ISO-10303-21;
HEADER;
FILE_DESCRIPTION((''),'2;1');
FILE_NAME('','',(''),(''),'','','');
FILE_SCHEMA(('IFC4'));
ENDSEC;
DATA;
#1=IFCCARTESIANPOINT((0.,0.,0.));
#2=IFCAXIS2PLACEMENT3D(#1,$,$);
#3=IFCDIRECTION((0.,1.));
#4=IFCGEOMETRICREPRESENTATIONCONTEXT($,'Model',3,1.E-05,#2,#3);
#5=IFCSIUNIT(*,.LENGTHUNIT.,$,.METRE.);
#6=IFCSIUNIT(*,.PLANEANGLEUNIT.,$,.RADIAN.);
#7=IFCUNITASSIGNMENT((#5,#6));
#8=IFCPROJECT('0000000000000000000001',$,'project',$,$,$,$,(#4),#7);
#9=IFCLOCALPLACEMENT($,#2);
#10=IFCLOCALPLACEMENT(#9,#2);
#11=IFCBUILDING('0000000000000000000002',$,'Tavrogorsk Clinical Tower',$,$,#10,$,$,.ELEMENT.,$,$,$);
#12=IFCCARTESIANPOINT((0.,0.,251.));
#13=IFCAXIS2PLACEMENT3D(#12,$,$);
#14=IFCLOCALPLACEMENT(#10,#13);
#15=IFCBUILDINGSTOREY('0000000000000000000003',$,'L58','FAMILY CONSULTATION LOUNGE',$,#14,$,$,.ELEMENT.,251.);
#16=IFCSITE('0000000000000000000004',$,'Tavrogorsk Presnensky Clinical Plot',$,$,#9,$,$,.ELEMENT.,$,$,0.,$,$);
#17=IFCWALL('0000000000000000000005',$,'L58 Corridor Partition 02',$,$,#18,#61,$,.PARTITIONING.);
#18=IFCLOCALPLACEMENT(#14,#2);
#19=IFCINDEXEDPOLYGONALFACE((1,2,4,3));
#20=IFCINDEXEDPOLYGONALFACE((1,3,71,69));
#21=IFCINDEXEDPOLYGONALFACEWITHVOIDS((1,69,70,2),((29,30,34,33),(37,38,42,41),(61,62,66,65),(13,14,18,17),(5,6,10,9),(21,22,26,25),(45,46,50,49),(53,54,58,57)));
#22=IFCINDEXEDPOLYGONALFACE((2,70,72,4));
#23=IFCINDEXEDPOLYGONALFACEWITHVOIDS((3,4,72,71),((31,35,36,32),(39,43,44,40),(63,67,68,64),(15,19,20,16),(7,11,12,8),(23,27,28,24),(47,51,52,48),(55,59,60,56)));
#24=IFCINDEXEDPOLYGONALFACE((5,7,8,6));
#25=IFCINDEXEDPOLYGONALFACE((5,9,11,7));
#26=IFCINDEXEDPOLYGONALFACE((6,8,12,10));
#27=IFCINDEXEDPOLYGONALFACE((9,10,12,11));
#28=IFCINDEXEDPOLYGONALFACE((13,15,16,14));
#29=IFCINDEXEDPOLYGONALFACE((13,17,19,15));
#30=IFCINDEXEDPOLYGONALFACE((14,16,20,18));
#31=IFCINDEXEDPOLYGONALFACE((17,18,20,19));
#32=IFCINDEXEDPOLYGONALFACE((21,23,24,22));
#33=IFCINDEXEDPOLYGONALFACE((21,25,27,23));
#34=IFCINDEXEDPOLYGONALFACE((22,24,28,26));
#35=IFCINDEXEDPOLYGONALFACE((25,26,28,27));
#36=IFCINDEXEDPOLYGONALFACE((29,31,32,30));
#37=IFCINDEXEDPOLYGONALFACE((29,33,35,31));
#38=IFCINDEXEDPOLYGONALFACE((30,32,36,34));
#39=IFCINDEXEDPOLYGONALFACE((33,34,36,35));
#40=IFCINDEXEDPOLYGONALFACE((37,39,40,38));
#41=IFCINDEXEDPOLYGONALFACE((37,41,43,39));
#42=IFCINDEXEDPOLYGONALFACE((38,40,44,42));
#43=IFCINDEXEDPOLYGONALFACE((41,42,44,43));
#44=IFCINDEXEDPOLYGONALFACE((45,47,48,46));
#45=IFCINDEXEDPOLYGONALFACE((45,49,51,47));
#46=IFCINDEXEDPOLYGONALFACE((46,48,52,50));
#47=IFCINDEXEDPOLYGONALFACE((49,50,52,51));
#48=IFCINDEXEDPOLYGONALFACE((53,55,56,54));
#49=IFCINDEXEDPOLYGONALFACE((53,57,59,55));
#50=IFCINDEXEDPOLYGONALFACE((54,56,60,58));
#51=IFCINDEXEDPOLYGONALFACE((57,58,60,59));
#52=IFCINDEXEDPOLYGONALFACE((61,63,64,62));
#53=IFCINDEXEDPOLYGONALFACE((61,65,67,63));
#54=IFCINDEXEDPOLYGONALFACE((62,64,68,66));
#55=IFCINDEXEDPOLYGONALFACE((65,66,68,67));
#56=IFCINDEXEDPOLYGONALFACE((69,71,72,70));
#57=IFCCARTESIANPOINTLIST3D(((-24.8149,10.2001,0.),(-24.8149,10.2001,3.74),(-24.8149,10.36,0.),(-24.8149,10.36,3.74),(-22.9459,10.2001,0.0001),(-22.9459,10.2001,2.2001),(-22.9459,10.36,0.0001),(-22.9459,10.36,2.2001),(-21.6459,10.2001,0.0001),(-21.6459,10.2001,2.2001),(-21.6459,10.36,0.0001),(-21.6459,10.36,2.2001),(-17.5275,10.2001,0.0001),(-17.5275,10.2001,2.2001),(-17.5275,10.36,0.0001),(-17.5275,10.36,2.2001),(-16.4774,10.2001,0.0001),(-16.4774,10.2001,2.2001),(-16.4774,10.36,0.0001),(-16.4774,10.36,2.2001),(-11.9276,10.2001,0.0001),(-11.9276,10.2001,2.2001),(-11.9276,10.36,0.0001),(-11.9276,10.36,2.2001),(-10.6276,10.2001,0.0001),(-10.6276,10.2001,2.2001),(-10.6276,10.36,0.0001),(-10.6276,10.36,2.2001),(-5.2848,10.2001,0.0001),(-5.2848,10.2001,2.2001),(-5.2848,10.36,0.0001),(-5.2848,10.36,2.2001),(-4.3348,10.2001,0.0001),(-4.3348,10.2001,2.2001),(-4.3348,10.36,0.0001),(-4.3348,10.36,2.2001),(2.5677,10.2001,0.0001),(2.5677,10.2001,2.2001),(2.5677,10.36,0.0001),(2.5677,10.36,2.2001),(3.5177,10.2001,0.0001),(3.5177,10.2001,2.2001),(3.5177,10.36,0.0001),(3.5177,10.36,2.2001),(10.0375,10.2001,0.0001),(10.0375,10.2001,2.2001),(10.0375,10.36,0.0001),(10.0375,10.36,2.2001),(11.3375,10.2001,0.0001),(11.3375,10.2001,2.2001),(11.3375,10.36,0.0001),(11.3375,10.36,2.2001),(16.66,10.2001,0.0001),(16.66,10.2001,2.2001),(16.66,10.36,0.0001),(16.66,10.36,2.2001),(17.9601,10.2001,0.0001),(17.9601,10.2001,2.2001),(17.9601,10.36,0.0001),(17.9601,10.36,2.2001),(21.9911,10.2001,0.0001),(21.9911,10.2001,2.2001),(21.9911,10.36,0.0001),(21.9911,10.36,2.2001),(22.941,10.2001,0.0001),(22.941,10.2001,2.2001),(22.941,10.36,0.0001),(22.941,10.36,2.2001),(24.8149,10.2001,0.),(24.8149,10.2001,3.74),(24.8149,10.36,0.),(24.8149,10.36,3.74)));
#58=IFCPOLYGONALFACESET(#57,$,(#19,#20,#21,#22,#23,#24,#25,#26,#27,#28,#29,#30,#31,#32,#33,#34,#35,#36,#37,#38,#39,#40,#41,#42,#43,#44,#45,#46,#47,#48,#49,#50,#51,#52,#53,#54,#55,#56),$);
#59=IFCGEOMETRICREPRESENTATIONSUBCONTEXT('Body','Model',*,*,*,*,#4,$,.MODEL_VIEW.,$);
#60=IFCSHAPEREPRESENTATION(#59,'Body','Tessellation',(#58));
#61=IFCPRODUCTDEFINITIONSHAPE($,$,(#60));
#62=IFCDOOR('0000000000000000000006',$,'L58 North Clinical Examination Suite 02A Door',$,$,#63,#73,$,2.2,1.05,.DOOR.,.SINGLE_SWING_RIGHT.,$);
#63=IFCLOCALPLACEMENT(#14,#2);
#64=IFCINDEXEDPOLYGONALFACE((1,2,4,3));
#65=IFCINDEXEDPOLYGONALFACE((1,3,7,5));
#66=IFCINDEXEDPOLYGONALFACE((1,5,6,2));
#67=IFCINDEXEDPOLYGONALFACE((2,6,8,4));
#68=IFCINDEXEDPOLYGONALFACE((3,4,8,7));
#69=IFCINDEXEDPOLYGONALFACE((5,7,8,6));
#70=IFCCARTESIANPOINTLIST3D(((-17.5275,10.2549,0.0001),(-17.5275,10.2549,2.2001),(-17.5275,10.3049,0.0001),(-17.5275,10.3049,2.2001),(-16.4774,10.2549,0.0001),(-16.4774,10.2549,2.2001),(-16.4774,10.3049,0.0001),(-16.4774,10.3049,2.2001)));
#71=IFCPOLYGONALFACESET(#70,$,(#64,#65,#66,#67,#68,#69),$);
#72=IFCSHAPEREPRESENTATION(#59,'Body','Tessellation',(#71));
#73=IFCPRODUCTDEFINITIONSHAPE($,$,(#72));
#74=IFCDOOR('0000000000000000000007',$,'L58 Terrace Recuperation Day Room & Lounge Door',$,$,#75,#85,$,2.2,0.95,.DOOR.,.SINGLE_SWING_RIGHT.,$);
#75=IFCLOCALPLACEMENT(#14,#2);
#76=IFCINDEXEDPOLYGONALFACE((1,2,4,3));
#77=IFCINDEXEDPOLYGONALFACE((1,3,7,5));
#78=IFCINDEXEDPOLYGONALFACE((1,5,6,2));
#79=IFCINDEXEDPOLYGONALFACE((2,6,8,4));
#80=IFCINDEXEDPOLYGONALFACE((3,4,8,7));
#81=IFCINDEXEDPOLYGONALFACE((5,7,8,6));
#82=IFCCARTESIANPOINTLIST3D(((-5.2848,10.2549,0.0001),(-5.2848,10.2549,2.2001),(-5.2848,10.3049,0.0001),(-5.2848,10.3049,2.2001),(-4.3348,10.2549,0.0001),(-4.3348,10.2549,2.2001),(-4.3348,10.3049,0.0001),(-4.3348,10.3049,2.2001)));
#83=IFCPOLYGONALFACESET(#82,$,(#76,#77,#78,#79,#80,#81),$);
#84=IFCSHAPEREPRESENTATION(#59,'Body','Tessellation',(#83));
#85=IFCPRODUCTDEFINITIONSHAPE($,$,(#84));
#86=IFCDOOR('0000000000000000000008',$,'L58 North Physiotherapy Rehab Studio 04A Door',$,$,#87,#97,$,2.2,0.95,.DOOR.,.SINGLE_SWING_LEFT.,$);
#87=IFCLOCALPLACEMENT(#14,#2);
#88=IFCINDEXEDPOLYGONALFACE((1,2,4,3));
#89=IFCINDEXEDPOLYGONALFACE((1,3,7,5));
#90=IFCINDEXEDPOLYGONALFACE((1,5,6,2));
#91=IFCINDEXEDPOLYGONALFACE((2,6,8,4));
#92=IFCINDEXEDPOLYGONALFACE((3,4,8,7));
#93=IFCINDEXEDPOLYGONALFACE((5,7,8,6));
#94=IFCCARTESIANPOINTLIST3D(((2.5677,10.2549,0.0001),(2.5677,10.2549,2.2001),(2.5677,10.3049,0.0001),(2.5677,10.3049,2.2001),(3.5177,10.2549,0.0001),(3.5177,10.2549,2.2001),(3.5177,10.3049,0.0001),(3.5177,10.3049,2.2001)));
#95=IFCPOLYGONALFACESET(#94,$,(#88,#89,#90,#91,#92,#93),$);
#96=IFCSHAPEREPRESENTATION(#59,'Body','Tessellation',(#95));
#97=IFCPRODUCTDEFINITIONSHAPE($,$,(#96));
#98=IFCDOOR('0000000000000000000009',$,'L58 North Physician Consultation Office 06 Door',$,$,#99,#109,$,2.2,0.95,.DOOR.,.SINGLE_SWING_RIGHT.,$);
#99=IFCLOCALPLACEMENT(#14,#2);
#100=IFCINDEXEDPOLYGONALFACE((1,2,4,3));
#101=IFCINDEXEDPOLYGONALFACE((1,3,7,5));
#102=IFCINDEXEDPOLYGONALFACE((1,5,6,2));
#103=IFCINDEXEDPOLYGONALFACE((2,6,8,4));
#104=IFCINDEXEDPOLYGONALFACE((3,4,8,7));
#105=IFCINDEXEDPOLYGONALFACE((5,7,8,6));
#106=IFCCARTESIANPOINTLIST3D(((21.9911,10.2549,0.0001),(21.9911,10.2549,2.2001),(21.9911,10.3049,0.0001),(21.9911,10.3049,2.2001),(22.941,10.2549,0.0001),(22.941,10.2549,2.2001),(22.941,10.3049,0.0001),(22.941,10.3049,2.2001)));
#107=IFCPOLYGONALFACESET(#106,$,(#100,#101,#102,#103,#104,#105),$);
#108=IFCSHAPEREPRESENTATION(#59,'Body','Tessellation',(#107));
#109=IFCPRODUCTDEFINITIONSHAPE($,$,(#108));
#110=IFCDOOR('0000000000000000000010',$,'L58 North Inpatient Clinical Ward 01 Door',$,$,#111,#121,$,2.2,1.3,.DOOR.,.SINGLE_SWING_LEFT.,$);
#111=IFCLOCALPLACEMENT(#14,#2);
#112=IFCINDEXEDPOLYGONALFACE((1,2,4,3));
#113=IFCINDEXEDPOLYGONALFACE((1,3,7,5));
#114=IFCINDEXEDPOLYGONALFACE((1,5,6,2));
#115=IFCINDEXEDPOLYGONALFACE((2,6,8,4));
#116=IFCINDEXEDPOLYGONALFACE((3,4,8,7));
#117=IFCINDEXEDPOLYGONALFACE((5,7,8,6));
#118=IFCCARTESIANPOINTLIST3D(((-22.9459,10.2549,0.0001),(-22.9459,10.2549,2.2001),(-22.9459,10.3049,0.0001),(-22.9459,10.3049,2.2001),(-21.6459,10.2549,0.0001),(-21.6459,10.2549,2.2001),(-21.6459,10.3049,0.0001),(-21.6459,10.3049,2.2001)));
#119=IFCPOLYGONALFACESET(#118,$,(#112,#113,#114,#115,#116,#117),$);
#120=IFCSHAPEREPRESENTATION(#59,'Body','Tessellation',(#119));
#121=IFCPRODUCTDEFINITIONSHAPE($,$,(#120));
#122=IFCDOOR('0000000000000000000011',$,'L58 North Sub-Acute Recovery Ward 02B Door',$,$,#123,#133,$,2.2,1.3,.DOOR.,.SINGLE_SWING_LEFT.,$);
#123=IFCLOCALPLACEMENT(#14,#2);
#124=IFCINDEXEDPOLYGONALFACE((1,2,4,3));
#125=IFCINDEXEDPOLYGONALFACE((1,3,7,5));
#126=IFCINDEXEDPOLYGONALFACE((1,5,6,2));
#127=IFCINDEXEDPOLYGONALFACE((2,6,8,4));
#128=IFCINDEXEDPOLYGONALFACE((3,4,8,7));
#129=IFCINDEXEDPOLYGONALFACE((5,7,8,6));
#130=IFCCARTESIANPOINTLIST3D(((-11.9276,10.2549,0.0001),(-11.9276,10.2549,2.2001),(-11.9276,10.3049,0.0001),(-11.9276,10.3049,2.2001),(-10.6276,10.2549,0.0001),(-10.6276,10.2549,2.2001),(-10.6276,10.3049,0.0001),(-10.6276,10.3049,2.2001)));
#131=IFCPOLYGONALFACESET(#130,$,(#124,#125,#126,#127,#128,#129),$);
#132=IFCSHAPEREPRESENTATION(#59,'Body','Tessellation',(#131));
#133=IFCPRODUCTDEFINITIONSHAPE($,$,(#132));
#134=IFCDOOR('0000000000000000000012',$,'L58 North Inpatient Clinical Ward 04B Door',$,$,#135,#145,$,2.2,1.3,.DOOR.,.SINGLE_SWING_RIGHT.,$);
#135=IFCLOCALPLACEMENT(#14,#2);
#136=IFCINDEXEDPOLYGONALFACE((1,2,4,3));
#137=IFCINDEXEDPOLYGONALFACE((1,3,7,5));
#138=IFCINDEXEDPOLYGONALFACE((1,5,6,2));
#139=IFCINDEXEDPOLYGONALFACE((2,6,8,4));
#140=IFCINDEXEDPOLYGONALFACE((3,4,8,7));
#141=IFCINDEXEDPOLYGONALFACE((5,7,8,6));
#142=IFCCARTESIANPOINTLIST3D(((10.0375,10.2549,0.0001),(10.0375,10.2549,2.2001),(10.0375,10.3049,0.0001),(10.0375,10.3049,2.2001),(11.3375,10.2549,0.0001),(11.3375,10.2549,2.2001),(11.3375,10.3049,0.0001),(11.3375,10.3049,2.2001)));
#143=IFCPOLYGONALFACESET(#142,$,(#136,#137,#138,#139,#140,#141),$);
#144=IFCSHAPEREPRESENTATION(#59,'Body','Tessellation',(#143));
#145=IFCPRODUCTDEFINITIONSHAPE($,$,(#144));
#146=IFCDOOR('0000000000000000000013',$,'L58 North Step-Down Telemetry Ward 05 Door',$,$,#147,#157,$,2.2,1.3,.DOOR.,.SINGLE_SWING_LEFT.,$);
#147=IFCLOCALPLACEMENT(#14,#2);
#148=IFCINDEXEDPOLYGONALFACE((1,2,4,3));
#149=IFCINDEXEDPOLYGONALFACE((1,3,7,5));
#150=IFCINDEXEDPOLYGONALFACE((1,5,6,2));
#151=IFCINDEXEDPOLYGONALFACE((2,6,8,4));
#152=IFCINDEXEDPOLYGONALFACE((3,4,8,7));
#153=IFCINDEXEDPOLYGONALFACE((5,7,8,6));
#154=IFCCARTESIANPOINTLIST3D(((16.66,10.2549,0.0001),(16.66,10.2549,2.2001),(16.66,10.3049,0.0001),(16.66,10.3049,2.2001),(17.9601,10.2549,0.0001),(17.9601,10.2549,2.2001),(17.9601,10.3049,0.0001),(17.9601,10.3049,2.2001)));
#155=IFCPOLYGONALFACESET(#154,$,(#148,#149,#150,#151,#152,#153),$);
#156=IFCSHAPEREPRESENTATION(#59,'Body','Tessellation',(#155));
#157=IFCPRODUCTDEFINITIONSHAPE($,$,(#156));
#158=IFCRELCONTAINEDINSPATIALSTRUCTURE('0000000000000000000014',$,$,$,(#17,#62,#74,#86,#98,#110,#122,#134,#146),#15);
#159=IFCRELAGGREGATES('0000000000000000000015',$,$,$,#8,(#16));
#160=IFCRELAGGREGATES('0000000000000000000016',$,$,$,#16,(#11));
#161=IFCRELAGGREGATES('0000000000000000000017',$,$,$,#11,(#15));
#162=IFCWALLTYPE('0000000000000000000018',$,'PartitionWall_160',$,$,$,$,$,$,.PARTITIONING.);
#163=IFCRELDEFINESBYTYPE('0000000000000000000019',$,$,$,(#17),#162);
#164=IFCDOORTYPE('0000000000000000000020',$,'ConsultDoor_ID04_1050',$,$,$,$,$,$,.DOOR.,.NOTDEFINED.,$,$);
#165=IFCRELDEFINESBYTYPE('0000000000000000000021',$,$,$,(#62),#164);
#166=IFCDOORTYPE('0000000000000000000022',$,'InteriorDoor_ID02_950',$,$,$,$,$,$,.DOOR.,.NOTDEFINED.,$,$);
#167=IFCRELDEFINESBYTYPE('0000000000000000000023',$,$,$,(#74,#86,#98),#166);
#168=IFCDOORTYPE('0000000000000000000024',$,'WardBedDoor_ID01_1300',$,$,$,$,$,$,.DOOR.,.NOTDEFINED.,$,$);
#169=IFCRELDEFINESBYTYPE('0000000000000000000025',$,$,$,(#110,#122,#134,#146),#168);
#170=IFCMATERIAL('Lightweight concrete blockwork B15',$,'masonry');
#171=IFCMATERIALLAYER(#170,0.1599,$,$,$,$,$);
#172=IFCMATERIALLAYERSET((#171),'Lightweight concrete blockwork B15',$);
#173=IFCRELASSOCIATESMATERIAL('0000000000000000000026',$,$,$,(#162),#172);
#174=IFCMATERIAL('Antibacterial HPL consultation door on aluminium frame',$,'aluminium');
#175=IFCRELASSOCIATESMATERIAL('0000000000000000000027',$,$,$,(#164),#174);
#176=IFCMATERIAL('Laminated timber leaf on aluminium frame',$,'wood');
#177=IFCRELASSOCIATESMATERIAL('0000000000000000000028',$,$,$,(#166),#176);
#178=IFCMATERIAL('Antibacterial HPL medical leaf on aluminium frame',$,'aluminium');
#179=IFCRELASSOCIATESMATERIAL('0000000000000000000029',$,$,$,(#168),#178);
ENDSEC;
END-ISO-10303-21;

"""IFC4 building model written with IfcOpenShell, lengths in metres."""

from ifc_helpers import new_model, si_unit, direction, frame, frame_2d, origin, place, context, subcontext, project, spatial, rectangle, extrude, material, layer, layer_set, type_object, element, fill, save


model = new_model("IFC4")

# Units and contexts
model_context = context("Model", 3, precision=1e-05, world=origin(), true_north=direction((0.0, 1.0)))
body_context = subcontext(model_context, "Body", "Model", "MODEL_VIEW")
ifc_project = project(units=[si_unit("LENGTHUNIT", "METRE"), si_unit("PLANEANGLEUNIT", "RADIAN")], contexts=[model_context])

# Site, building, storey
site_placement = place(None, origin())
site = spatial("IfcSite", under=ifc_project, at=site_placement, Name="Tavrogorsk Presnensky Clinical Plot", CompositionType="ELEMENT", RefElevation=0.0)
building_placement = place(site_placement, origin())
building = spatial("IfcBuilding", under=site, at=building_placement, Name="Tavrogorsk Clinical Tower", CompositionType="ELEMENT")
storey_placement = place(building_placement, frame((0.0, 0.0, 251.0)))
storey = spatial("IfcBuildingStorey", under=building, at=storey_placement, Name="L58", Description="FAMILY CONSULTATION LOUNGE", CompositionType="ELEMENT", Elevation=251.0)

# Wall, openings, doors
ifc_material_1 = material(Name="Lightweight concrete blockwork B15", Category="masonry")
ifc_layer_1 = layer(ifc_material_1, 0.1599)
ifc_layer_set_1 = layer_set([ifc_layer_1], Name="Lightweight concrete blockwork B15")
wall_type_1 = type_object("IfcWallType", Name="PartitionWall_160", PredefinedType="PARTITIONING", material=ifc_layer_set_1)
wall_1_placement = place(storey_placement, frame((-24.8149, 10.28, 0.0), z_axis=(0.0, 0.0, 1.0), x_axis=(1.0, 0.0, 0.0)))
wall_1 = element("IfcWall", 1, at=wall_1_placement, inside=storey, type_object=wall_type_1, Name="L58 Corridor Partition 02", PredefinedType="PARTITIONING", context=body_context, shape_type="SweptSolid", body=[
    extrude(rectangle(XDim=49.6299, YDim=0.1599, at=frame_2d((24.8149, 0.0))), origin(), (0.0, 0.0, 1.0), 3.74),
])
opening_1_placement = place(wall_1_placement, frame((1.8691, 0.0, 0.0)))
opening_1 = element("IfcOpeningElement", 2, at=opening_1_placement, cuts=wall_1, PredefinedType="OPENING", context=body_context, shape_type="SweptSolid", body=[
    extrude(rectangle(XDim=1.3, YDim=2.2, at=frame_2d((0.6499, 1.1001))), frame((0.0, 0.0898, 0.0), z_axis=(0.0, -1.0, 0.0), x_axis=(1.0, 0.0, 0.0)), (0.0, 0.0, 1.0), 0.1799),
])
opening_2_placement = place(wall_1_placement, frame((7.2876, 0.0, 0.0)))
opening_2 = element("IfcOpeningElement", 3, at=opening_2_placement, cuts=wall_1, PredefinedType="OPENING", context=body_context, shape_type="SweptSolid", body=[
    extrude(rectangle(XDim=1.05, YDim=2.2, at=frame_2d((0.5249, 1.1001))), frame((0.0, 0.0898, 0.0), z_axis=(0.0, -1.0, 0.0), x_axis=(1.0, 0.0, 0.0)), (0.0, 0.0, 1.0), 0.1799),
])
opening_3_placement = place(wall_1_placement, frame((12.8875, 0.0, 0.0)))
opening_3 = element("IfcOpeningElement", 4, at=opening_3_placement, cuts=wall_1, PredefinedType="OPENING", context=body_context, shape_type="SweptSolid", body=[
    extrude(rectangle(XDim=1.3, YDim=2.2, at=frame_2d((0.6499, 1.1001))), frame((0.0, 0.0898, 0.0), z_axis=(0.0, -1.0, 0.0), x_axis=(1.0, 0.0, 0.0)), (0.0, 0.0, 1.0), 0.1799),
])
opening_4_placement = place(wall_1_placement, frame((19.53, 0.0, 0.0)))
opening_4 = element("IfcOpeningElement", 5, at=opening_4_placement, cuts=wall_1, PredefinedType="OPENING", context=body_context, shape_type="SweptSolid", body=[
    extrude(rectangle(XDim=0.95, YDim=2.2, at=frame_2d((0.4751, 1.1001))), frame((0.0, 0.0898, 0.0), z_axis=(0.0, -1.0, 0.0), x_axis=(1.0, 0.0, 0.0)), (0.0, 0.0, 1.0), 0.1799),
])
opening_5_placement = place(wall_1_placement, frame((27.3826, 0.0, 0.0)))
opening_5 = element("IfcOpeningElement", 6, at=opening_5_placement, cuts=wall_1, PredefinedType="OPENING", context=body_context, shape_type="SweptSolid", body=[
    extrude(rectangle(XDim=0.95, YDim=2.2, at=frame_2d((0.4751, 1.1001))), frame((0.0, 0.0898, 0.0), z_axis=(0.0, -1.0, 0.0), x_axis=(1.0, 0.0, 0.0)), (0.0, 0.0, 1.0), 0.1799),
])
opening_6_placement = place(wall_1_placement, frame((34.8525, 0.0, 0.0)))
opening_6 = element("IfcOpeningElement", 7, at=opening_6_placement, cuts=wall_1, PredefinedType="OPENING", context=body_context, shape_type="SweptSolid", body=[
    extrude(rectangle(XDim=1.3, YDim=2.2, at=frame_2d((0.6499, 1.1001))), frame((0.0, 0.0898, 0.0), z_axis=(0.0, -1.0, 0.0), x_axis=(1.0, 0.0, 0.0)), (0.0, 0.0, 1.0), 0.1799),
])
opening_7_placement = place(wall_1_placement, frame((41.4751, 0.0, 0.0)))
opening_7 = element("IfcOpeningElement", 8, at=opening_7_placement, cuts=wall_1, PredefinedType="OPENING", context=body_context, shape_type="SweptSolid", body=[
    extrude(rectangle(XDim=1.3, YDim=2.2, at=frame_2d((0.6499, 1.1001))), frame((0.0, 0.0898, 0.0), z_axis=(0.0, -1.0, 0.0), x_axis=(1.0, 0.0, 0.0)), (0.0, 0.0, 1.0), 0.1799),
])
opening_8_placement = place(wall_1_placement, frame((46.8059, 0.0, 0.0)))
opening_8 = element("IfcOpeningElement", 9, at=opening_8_placement, cuts=wall_1, PredefinedType="OPENING", context=body_context, shape_type="SweptSolid", body=[
    extrude(rectangle(XDim=0.95, YDim=2.2, at=frame_2d((0.4751, 1.1001))), frame((0.0, 0.0898, 0.0), z_axis=(0.0, -1.0, 0.0), x_axis=(1.0, 0.0, 0.0)), (0.0, 0.0, 1.0), 0.1799),
])
ifc_material_2 = material(Name="Antibacterial HPL consultation door on aluminium frame", Category="aluminium")
door_type_1 = type_object("IfcDoorType", Name="ConsultDoor_ID04_1050", OperationType="NOTDEFINED", PredefinedType="DOOR", material=ifc_material_2)
door_1_placement = place(opening_2_placement, origin())
door_1 = element("IfcDoor", 10, at=door_1_placement, inside=storey, type_object=door_type_1, Name="L58 North Clinical Examination Suite 02A Door", OperationType="SINGLE_SWING_RIGHT", OverallHeight=2.2, OverallWidth=1.05, PredefinedType="DOOR", context=body_context, shape_type="SweptSolid", body=[
    extrude(rectangle(XDim=1.05, YDim=2.2, at=frame_2d((0.5249, 1.1001))), frame((0.0, 0.0249, 0.0), z_axis=(0.0, -1.0, 0.0), x_axis=(1.0, 0.0, 0.0)), (0.0, 0.0, 1.0), 0.05),
])
fill(opening_2, door_1)
ifc_material_3 = material(Name="Laminated timber leaf on aluminium frame", Category="wood")
door_type_2 = type_object("IfcDoorType", Name="InteriorDoor_ID02_950", OperationType="NOTDEFINED", PredefinedType="DOOR", material=ifc_material_3)
door_2_placement = place(opening_4_placement, origin())
door_2 = element("IfcDoor", 11, at=door_2_placement, inside=storey, type_object=door_type_2, Name="L58 Terrace Recuperation Day Room & Lounge Door", OperationType="SINGLE_SWING_RIGHT", OverallHeight=2.2, OverallWidth=0.95, PredefinedType="DOOR", context=body_context, shape_type="SweptSolid", body=[
    extrude(rectangle(XDim=0.95, YDim=2.2, at=frame_2d((0.4751, 1.1001))), frame((0.0, 0.0249, 0.0), z_axis=(0.0, -1.0, 0.0), x_axis=(1.0, 0.0, 0.0)), (0.0, 0.0, 1.0), 0.05),
])
fill(opening_4, door_2)
door_3_placement = place(opening_5_placement, origin())
door_3 = element("IfcDoor", 12, at=door_3_placement, inside=storey, type_object=door_type_2, Name="L58 North Physiotherapy Rehab Studio 04A Door", OperationType="SINGLE_SWING_LEFT", OverallHeight=2.2, OverallWidth=0.95, PredefinedType="DOOR", context=body_context, shape_type="SweptSolid", body=[
    extrude(rectangle(XDim=0.95, YDim=2.2, at=frame_2d((0.4751, 1.1001))), frame((0.0, 0.0249, 0.0), z_axis=(0.0, -1.0, 0.0), x_axis=(1.0, 0.0, 0.0)), (0.0, 0.0, 1.0), 0.05),
])
fill(opening_5, door_3)
door_4_placement = place(opening_8_placement, origin())
door_4 = element("IfcDoor", 13, at=door_4_placement, inside=storey, type_object=door_type_2, Name="L58 North Physician Consultation Office 06 Door", OperationType="SINGLE_SWING_RIGHT", OverallHeight=2.2, OverallWidth=0.95, PredefinedType="DOOR", context=body_context, shape_type="SweptSolid", body=[
    extrude(rectangle(XDim=0.95, YDim=2.2, at=frame_2d((0.4751, 1.1001))), frame((0.0, 0.0249, 0.0), z_axis=(0.0, -1.0, 0.0), x_axis=(1.0, 0.0, 0.0)), (0.0, 0.0, 1.0), 0.05),
])
fill(opening_8, door_4)
ifc_material_4 = material(Name="Antibacterial HPL medical leaf on aluminium frame", Category="aluminium")
door_type_3 = type_object("IfcDoorType", Name="WardBedDoor_ID01_1300", OperationType="NOTDEFINED", PredefinedType="DOOR", material=ifc_material_4)
door_5_placement = place(opening_1_placement, origin())
door_5 = element("IfcDoor", 14, at=door_5_placement, inside=storey, type_object=door_type_3, Name="L58 North Inpatient Clinical Ward 01 Door", OperationType="SINGLE_SWING_LEFT", OverallHeight=2.2, OverallWidth=1.3, PredefinedType="DOOR", context=body_context, shape_type="SweptSolid", body=[
    extrude(rectangle(XDim=1.3, YDim=2.2, at=frame_2d((0.6499, 1.1001))), frame((0.0, 0.0249, 0.0), z_axis=(0.0, -1.0, 0.0), x_axis=(1.0, 0.0, 0.0)), (0.0, 0.0, 1.0), 0.05),
])
fill(opening_1, door_5)
door_6_placement = place(opening_3_placement, origin())
door_6 = element("IfcDoor", 15, at=door_6_placement, inside=storey, type_object=door_type_3, Name="L58 North Sub-Acute Recovery Ward 02B Door", OperationType="SINGLE_SWING_LEFT", OverallHeight=2.2, OverallWidth=1.3, PredefinedType="DOOR", context=body_context, shape_type="SweptSolid", body=[
    extrude(rectangle(XDim=1.3, YDim=2.2, at=frame_2d((0.6499, 1.1001))), frame((0.0, 0.0249, 0.0), z_axis=(0.0, -1.0, 0.0), x_axis=(1.0, 0.0, 0.0)), (0.0, 0.0, 1.0), 0.05),
])
fill(opening_3, door_6)
door_7_placement = place(opening_6_placement, origin())
door_7 = element("IfcDoor", 16, at=door_7_placement, inside=storey, type_object=door_type_3, Name="L58 North Inpatient Clinical Ward 04B Door", OperationType="SINGLE_SWING_RIGHT", OverallHeight=2.2, OverallWidth=1.3, PredefinedType="DOOR", context=body_context, shape_type="SweptSolid", body=[
    extrude(rectangle(XDim=1.3, YDim=2.2, at=frame_2d((0.6499, 1.1001))), frame((0.0, 0.0249, 0.0), z_axis=(0.0, -1.0, 0.0), x_axis=(1.0, 0.0, 0.0)), (0.0, 0.0, 1.0), 0.05),
])
fill(opening_6, door_7)
door_8_placement = place(opening_7_placement, origin())
door_8 = element("IfcDoor", 17, at=door_8_placement, inside=storey, type_object=door_type_3, Name="L58 North Step-Down Telemetry Ward 05 Door", OperationType="SINGLE_SWING_LEFT", OverallHeight=2.2, OverallWidth=1.3, PredefinedType="DOOR", context=body_context, shape_type="SweptSolid", body=[
    extrude(rectangle(XDim=1.3, YDim=2.2, at=frame_2d((0.6499, 1.1001))), frame((0.0, 0.0249, 0.0), z_axis=(0.0, -1.0, 0.0), x_axis=(1.0, 0.0, 0.0)), (0.0, 0.0, 1.0), 0.05),
])
fill(opening_7, door_8)

save(model, "model.ifc")
